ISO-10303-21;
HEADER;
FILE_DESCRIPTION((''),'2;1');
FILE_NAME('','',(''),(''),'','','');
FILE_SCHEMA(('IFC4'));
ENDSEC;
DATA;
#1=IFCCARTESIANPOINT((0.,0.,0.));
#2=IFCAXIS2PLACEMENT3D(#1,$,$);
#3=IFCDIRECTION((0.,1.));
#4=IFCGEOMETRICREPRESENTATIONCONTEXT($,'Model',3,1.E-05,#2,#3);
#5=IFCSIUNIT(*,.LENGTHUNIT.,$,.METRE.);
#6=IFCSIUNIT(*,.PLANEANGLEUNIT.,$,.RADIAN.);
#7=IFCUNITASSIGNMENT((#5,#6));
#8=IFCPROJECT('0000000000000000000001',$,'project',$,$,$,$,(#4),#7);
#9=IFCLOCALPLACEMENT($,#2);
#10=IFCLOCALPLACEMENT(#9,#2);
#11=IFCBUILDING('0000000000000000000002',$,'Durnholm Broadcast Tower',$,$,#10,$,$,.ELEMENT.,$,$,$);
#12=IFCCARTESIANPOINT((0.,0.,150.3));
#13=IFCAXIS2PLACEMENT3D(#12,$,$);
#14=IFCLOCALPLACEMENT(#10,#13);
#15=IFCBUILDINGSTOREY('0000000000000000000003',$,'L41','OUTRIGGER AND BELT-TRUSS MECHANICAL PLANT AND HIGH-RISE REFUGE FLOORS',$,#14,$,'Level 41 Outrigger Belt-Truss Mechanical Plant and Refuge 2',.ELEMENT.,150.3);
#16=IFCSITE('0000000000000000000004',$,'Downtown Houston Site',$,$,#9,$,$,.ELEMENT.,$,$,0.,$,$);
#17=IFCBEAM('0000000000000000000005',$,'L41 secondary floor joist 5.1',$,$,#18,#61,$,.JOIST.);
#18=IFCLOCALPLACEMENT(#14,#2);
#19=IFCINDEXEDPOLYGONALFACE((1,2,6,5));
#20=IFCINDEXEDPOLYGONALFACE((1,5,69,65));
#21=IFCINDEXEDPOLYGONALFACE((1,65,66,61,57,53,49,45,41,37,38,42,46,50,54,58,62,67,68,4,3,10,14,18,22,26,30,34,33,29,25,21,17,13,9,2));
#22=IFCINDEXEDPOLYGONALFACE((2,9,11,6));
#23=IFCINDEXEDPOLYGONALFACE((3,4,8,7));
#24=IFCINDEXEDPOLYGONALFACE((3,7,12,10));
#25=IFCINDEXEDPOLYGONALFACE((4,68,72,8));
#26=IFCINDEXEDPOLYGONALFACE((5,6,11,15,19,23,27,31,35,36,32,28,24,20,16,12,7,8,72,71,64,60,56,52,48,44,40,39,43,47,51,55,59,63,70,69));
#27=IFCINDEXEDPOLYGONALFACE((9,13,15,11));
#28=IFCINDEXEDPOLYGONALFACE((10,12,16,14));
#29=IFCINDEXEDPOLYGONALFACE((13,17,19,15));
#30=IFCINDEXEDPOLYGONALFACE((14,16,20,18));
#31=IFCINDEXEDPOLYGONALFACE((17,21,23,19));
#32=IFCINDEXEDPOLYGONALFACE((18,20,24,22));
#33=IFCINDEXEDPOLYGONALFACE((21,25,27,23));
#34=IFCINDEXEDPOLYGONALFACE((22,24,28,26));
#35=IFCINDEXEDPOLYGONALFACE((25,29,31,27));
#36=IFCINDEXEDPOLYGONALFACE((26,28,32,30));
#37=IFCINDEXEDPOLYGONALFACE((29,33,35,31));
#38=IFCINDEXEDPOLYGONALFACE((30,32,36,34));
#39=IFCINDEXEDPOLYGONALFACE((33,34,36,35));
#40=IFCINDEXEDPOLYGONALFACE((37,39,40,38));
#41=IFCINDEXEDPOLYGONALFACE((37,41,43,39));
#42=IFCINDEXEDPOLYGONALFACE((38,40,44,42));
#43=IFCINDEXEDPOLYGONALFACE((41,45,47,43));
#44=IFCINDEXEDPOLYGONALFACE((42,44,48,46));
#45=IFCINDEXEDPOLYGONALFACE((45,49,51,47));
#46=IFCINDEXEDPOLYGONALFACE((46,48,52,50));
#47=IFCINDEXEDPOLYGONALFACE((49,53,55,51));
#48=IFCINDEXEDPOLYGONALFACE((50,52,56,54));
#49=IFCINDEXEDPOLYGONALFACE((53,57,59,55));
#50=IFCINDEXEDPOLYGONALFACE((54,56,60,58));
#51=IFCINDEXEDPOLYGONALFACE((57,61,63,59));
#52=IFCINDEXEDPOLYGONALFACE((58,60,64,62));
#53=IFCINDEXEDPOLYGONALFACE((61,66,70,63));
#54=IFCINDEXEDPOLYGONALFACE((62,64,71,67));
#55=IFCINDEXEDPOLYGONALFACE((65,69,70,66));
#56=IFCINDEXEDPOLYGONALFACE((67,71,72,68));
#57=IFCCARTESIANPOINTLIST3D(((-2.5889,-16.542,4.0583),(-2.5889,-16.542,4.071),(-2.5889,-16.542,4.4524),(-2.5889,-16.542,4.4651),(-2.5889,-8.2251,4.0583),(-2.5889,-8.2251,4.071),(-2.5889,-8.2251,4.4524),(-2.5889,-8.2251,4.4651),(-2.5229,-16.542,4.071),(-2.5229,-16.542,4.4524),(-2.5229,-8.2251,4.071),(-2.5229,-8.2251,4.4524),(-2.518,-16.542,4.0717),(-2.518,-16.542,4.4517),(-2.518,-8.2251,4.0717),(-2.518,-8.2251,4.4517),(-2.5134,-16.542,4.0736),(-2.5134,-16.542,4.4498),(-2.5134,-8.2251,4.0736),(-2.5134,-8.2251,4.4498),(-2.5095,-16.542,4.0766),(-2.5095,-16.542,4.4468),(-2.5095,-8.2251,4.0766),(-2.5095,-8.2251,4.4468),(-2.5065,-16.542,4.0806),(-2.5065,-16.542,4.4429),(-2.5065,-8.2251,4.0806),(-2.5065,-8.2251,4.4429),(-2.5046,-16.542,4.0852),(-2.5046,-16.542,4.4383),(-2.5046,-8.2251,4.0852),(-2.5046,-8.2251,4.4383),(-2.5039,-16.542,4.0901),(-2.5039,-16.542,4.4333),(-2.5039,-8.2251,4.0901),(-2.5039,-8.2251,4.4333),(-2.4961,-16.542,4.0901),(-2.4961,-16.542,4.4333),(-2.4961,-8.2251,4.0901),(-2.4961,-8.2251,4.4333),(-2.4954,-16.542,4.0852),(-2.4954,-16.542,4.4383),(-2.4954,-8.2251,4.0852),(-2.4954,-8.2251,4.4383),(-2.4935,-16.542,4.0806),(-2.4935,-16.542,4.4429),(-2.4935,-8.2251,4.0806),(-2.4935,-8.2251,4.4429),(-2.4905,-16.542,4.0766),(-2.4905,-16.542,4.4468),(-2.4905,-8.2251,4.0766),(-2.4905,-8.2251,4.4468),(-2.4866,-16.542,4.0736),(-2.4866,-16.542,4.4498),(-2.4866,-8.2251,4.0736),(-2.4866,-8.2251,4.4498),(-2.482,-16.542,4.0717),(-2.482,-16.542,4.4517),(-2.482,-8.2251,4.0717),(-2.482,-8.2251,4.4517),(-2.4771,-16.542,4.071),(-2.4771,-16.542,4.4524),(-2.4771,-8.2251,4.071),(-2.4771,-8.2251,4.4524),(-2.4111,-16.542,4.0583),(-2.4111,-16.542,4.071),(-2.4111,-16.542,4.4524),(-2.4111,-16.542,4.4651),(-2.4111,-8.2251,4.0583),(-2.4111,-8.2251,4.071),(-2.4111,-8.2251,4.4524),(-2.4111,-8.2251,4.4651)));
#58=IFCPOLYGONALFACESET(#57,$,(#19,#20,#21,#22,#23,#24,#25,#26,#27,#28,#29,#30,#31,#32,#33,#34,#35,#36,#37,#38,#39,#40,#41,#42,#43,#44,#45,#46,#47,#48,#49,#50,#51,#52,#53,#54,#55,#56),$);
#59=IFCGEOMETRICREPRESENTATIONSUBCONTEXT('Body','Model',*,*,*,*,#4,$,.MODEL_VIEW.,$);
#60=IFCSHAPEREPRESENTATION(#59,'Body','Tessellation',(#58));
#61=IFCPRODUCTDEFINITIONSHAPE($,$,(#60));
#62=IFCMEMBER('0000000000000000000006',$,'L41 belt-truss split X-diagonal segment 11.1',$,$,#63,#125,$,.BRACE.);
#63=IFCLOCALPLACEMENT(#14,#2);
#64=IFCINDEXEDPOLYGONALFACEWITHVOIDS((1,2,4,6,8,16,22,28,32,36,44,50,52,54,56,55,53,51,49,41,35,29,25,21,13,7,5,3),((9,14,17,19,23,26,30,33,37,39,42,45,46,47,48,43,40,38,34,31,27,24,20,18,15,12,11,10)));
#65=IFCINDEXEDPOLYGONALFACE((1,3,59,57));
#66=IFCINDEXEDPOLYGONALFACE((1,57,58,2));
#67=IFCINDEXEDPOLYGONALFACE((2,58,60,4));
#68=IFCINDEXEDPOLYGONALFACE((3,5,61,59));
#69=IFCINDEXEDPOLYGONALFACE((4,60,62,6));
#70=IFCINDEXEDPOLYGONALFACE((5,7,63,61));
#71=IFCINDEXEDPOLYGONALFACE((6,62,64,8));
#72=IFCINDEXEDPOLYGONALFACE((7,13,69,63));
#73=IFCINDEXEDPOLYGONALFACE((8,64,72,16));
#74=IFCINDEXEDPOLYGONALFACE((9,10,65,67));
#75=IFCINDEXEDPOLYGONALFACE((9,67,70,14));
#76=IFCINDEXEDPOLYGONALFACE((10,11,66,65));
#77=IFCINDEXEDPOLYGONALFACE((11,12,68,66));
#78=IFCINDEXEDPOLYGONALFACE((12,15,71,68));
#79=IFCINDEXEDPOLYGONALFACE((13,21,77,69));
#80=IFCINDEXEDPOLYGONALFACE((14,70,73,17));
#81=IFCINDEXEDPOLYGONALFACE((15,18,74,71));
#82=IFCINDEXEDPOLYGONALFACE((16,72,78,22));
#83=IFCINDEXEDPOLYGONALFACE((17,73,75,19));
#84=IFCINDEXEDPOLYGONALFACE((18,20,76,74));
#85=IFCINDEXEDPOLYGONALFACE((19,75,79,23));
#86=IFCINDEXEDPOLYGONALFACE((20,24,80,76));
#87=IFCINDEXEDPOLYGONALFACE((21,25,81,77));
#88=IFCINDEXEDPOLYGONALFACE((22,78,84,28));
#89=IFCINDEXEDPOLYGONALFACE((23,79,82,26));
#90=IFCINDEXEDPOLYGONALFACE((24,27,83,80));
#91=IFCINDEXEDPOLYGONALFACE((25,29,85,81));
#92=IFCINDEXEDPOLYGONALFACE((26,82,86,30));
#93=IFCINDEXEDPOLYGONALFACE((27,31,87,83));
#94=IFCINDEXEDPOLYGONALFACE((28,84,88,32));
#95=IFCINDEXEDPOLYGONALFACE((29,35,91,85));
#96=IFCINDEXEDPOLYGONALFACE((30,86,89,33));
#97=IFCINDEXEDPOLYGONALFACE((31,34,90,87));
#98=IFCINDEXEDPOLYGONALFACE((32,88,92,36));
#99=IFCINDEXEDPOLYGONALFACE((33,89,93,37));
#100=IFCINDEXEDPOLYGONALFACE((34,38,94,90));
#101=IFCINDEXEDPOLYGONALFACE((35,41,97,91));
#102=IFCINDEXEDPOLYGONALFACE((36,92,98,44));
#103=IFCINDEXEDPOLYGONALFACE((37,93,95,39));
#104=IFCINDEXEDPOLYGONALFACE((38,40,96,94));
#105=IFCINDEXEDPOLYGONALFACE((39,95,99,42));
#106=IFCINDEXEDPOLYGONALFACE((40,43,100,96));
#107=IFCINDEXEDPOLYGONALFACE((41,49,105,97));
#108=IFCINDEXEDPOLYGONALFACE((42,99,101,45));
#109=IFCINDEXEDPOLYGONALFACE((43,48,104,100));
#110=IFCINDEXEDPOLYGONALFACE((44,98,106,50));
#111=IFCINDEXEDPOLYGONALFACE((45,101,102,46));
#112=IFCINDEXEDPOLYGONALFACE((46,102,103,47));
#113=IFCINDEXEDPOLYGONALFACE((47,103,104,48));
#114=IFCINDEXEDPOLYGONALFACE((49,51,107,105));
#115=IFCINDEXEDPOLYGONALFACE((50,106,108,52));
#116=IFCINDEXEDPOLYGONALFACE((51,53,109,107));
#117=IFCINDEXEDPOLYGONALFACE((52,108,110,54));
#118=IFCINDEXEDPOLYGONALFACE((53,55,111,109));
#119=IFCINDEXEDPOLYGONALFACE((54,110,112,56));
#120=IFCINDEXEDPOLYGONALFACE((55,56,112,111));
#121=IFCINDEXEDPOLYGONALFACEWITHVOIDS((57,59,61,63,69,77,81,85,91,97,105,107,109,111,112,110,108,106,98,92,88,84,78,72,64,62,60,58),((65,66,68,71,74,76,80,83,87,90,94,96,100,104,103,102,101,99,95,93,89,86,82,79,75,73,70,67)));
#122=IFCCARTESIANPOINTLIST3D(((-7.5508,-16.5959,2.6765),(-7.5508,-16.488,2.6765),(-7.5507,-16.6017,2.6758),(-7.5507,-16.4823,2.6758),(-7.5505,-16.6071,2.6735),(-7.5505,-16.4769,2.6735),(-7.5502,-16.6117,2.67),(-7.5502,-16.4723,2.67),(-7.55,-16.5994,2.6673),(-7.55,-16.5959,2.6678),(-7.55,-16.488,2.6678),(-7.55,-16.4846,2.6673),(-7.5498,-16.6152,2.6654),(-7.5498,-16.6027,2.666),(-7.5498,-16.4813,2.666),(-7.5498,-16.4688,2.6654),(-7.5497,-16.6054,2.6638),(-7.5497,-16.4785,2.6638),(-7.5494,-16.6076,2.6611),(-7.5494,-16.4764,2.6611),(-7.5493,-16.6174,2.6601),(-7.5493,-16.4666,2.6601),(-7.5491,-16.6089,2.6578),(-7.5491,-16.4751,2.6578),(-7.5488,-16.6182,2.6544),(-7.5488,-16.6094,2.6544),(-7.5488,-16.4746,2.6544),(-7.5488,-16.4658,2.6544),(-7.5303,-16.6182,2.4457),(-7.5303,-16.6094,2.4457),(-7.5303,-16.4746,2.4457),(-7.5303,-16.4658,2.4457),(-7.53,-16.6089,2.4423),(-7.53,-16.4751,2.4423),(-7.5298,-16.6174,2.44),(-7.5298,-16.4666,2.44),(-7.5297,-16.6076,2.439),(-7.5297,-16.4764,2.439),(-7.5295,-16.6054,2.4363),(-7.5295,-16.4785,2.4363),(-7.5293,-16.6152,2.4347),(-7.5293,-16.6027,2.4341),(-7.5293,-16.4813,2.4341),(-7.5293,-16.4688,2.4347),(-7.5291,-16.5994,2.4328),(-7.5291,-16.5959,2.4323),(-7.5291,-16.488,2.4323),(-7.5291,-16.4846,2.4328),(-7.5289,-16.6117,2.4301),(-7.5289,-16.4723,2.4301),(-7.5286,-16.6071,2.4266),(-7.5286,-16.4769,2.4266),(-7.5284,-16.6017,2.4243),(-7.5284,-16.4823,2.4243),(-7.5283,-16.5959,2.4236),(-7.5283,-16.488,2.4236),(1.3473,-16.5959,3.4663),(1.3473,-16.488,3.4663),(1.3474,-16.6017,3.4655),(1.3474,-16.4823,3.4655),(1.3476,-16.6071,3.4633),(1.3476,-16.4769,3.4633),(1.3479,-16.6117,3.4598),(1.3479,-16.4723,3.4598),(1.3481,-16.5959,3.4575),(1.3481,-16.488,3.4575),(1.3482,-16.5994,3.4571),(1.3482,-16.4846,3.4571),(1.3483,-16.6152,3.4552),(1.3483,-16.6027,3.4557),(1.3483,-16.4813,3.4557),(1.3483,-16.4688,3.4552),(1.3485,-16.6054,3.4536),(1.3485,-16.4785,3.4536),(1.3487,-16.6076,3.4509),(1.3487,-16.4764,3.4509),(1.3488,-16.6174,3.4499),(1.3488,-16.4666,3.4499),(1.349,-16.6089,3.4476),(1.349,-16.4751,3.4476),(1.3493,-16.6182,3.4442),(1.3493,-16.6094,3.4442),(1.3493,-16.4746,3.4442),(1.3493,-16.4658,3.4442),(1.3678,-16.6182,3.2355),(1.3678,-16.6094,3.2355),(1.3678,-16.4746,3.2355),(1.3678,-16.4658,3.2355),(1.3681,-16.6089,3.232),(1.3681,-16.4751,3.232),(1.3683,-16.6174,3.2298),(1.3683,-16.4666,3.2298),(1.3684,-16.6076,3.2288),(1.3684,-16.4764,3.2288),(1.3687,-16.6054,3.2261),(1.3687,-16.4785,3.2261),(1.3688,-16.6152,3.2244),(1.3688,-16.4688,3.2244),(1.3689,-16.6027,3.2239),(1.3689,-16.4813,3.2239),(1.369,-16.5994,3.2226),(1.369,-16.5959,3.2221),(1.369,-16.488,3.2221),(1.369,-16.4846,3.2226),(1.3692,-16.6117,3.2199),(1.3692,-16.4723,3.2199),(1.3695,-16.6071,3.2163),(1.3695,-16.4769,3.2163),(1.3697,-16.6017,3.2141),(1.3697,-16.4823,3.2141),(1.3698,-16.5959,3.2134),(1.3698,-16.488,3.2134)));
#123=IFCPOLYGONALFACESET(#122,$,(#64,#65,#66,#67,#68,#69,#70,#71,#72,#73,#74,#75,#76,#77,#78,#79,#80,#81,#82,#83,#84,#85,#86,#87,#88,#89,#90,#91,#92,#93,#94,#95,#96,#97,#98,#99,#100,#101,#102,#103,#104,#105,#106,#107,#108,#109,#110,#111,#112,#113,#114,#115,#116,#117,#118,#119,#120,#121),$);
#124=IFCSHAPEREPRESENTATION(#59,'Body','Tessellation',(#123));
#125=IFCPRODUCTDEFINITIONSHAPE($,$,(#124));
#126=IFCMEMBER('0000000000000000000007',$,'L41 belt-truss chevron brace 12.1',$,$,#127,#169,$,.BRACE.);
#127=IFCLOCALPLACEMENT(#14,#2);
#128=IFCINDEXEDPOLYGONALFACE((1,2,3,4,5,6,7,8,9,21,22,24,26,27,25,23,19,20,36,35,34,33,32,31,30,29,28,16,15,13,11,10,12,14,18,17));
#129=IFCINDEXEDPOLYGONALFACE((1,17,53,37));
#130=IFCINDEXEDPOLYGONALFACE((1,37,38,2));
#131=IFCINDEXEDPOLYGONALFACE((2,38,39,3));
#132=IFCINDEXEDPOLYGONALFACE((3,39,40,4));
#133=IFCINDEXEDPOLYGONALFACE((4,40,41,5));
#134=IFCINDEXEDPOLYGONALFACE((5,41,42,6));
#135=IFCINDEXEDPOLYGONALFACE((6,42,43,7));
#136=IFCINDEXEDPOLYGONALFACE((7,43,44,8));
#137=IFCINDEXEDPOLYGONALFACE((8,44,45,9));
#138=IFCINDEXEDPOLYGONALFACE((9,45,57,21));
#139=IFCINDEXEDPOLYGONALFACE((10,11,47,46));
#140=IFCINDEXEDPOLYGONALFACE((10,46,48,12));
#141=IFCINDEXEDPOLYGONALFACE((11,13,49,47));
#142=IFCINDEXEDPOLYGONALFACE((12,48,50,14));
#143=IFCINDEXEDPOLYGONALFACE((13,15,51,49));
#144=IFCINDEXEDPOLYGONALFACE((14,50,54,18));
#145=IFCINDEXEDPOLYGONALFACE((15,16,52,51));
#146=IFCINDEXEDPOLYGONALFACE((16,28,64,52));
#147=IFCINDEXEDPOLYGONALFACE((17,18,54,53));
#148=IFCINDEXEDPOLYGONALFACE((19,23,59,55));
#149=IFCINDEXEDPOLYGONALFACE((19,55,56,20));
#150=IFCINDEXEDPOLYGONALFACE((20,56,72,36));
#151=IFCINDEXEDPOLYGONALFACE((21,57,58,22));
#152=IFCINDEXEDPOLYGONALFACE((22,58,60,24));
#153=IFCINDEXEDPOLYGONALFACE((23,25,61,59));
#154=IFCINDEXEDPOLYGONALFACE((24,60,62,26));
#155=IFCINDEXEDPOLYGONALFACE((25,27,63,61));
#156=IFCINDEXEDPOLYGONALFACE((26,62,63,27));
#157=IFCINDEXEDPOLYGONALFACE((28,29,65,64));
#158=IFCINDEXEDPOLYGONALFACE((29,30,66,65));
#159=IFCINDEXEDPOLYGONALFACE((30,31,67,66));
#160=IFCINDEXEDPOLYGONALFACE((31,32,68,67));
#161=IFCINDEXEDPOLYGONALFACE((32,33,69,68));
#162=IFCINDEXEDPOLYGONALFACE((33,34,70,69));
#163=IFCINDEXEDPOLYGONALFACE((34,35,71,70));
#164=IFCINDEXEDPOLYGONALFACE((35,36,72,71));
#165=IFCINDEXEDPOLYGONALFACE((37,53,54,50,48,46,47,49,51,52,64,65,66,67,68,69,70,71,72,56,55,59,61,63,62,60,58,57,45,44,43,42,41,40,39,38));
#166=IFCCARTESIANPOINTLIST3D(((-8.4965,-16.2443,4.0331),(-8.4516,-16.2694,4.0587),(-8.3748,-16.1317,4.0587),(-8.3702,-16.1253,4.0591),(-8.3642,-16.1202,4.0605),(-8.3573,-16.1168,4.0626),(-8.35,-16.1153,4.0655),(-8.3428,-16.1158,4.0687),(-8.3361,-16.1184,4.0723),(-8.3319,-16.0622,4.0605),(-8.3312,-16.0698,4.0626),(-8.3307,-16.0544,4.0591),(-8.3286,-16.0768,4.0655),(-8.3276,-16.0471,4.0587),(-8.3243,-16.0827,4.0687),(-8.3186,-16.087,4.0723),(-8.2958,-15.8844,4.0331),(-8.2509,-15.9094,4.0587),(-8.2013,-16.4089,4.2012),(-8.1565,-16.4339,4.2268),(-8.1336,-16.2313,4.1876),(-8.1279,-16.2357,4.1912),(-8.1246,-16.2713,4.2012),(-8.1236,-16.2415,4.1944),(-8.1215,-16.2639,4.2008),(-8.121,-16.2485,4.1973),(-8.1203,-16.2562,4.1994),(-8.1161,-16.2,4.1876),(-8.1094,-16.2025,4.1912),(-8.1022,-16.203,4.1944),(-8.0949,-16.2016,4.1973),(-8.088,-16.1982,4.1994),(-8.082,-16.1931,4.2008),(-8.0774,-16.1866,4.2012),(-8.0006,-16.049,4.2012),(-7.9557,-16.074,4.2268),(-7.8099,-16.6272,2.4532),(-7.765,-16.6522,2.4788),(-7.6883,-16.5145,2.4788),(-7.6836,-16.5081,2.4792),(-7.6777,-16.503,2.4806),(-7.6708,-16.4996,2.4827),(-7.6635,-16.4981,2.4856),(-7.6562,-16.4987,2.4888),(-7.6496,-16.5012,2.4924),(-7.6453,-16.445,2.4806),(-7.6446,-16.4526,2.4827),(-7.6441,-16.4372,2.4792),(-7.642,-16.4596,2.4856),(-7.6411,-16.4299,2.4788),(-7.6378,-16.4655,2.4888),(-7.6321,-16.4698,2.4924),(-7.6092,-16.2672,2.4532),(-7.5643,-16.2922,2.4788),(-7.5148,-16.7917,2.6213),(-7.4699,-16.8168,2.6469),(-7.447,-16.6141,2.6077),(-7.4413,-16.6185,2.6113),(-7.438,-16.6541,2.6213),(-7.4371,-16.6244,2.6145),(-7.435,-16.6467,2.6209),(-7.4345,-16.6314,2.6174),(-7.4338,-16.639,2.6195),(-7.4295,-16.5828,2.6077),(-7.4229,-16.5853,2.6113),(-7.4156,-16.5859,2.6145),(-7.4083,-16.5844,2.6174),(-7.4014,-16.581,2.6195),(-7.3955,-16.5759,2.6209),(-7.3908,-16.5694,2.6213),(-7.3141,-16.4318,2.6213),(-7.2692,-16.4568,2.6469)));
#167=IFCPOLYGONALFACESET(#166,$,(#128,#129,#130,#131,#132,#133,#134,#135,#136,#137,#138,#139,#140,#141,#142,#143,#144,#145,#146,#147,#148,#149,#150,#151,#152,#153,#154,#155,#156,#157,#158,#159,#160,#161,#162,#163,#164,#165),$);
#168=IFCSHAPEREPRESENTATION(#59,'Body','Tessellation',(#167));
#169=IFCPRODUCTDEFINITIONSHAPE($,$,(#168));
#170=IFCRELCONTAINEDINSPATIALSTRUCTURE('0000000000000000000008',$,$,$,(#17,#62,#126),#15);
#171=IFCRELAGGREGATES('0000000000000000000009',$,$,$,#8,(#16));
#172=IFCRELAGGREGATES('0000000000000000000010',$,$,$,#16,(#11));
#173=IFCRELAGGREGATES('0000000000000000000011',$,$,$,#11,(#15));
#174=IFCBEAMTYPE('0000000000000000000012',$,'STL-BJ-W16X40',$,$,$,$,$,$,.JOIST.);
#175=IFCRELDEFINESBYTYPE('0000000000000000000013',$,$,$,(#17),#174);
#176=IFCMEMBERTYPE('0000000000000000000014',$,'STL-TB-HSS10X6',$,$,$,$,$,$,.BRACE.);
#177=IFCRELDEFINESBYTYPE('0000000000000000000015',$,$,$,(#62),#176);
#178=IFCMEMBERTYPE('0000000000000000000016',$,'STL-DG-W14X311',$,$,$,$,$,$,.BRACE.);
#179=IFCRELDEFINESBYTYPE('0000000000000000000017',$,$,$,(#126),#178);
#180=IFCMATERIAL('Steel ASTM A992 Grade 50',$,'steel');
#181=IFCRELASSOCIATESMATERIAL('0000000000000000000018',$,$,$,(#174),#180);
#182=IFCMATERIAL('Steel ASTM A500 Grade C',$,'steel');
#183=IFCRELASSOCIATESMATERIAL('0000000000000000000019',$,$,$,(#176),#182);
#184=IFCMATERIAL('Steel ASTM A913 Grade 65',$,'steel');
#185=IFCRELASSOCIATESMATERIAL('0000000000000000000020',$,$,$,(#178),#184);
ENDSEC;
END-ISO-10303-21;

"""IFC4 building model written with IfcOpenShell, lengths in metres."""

from ifc_helpers import new_model, si_unit, direction, frame, origin, origin_2d, place, context, subcontext, project, spatial, hollow_rectangle, i_section, extrude, source, transform, mapped, material, material_profile, profile_set, type_object, type_shapes, element, save


model = new_model("IFC4")

# Units and contexts
model_context = context("Model", 3, precision=1e-05, world=origin(), true_north=direction((0.0, 1.0)))
body_context = subcontext(model_context, "Body", "Model", "MODEL_VIEW")
ifc_project = project(units=[si_unit("LENGTHUNIT", "METRE"), si_unit("PLANEANGLEUNIT", "RADIAN")], contexts=[model_context])

# Site, building, storey
site_placement = place(None, origin())
site = spatial("IfcSite", under=ifc_project, at=site_placement, Name="Downtown Houston Site", CompositionType="ELEMENT", RefElevation=0.0)
building_placement = place(site_placement, origin())
building = spatial("IfcBuilding", under=site, at=building_placement, Name="Durnholm Broadcast Tower", CompositionType="ELEMENT")
storey_placement = place(building_placement, frame((0.0, 0.0, 150.3)))
storey = spatial("IfcBuildingStorey", under=building, at=storey_placement, Name="L41", Description="OUTRIGGER AND BELT-TRUSS MECHANICAL PLANT AND HIGH-RISE REFUGE FLOORS", LongName="Level 41 Outrigger Belt-Truss Mechanical Plant and Refuge 2", CompositionType="ELEMENT", Elevation=150.3)

# Beam
ifc_material_1 = material(Name="Steel ASTM A992 Grade 50", Category="steel")
ifc_material_profile_1 = material_profile(ifc_material_1, i_section(OverallWidth=0.1777, OverallDepth=0.4067, WebThickness=0.0078, FlangeThickness=0.0127, FilletRadius=0.019, at=origin_2d()), Name="W16X40")
ifc_profile_set_1 = profile_set([ifc_material_profile_1], Name="Steel ASTM A992 Grade 50")
beam_type_1 = type_object("IfcBeamType", Name="STL-BJ-W16X40", PredefinedType="JOIST", material=ifc_profile_set_1)
shared_shape_1 = source(origin(), body_context, "Body", "SweptSolid", [
    extrude(i_section(OverallWidth=0.1777, OverallDepth=0.4067, WebThickness=0.0078, FlangeThickness=0.0127, FilletRadius=0.019, at=origin_2d()), origin(), (0.0, 0.0, 1.0), 8.3169),
])
type_shapes(beam_type_1, [shared_shape_1])
beam_1_placement = place(storey_placement, frame((-2.5, -16.542, 4.2617), z_axis=(0.0, 1.0, 0.0), x_axis=(-1.0, 0.0, 0.0)))
element("IfcBeam", 1, at=beam_1_placement, inside=storey, type_object=beam_type_1, Name="L41 secondary floor joist 5.1", PredefinedType="JOIST", context=body_context, shape_type="MappedRepresentation", body=[
    mapped(shared_shape_1, transform((0.0, 0.0, 0.0), x_axis=(1.0, 0.0, 0.0), y_axis=(0.0, 1.0, 0.0), z_axis=(0.0, 0.0, 1.0), scale=1.0)),
])

# Members
ifc_material_2 = material(Name="Steel ASTM A500 Grade C", Category="steel")
ifc_material_profile_2 = material_profile(ifc_material_2, hollow_rectangle(XDim=0.1523, YDim=0.2539, WallThickness=0.0088, InnerFilletRadius=0.0134, OuterFilletRadius=0.0222, at=origin_2d()), Name="HSS10X6X3/8")
ifc_profile_set_2 = profile_set([ifc_material_profile_2], Name="Steel ASTM A500 Grade C")
member_type_1 = type_object("IfcMemberType", Name="STL-TB-HSS10X6", PredefinedType="BRACE", material=ifc_profile_set_2)
shared_shape_2 = source(origin(), body_context, "Body", "SweptSolid", [
    extrude(hollow_rectangle(XDim=0.1523, YDim=0.2539, WallThickness=0.0088, InnerFilletRadius=0.0134, OuterFilletRadius=0.0222, at=origin_2d()), origin(), (0.0, 0.0, 1.0), 8.9331),
])
type_shapes(member_type_1, [shared_shape_2])
member_1_placement = place(storey_placement, frame((-7.5396, -16.542, 2.55), z_axis=(0.996084, 0.0, 0.088411), x_axis=(0.0, 1.0, 0.0)))
element("IfcMember", 2, at=member_1_placement, inside=storey, type_object=member_type_1, Name="L41 belt-truss split X-diagonal segment 11.1", PredefinedType="BRACE", context=body_context, shape_type="MappedRepresentation", body=[
    mapped(shared_shape_2, transform((0.0, 0.0, 0.0), x_axis=(1.0, 0.0, 0.0), y_axis=(0.0, 1.0, 0.0), z_axis=(0.0, 0.0, 1.0), scale=1.0)),
])
ifc_material_3 = material(Name="Steel ASTM A913 Grade 65", Category="steel")
ifc_material_profile_3 = material_profile(ifc_material_3, i_section(OverallWidth=0.4121, OverallDepth=0.4348, WebThickness=0.0359, FlangeThickness=0.0574, FilletRadius=0.0305, at=origin_2d()), Name="W14X311")
ifc_profile_set_3 = profile_set([ifc_material_profile_3], Name="Steel ASTM A913 Grade 65")
member_type_2 = type_object("IfcMemberType", Name="STL-DG-W14X311", PredefinedType="BRACE", material=ifc_profile_set_3)
shared_shape_3 = source(origin(), body_context, "Body", "SweptSolid", [
    extrude(i_section(OverallWidth=0.4121, OverallDepth=0.4348, WebThickness=0.0359, FlangeThickness=0.0574, FilletRadius=0.0305, at=origin_2d()), origin(), (0.0, 0.0, 1.0), 1.7646),
])
for number, where, z_axis, x_axis, name in (
    (3, (-7.5396, -16.542, 2.55), (-0.389058, 0.216943, 0.895304), (-0.487014, -0.873394, 0.0), "L41 belt-truss chevron brace 12.1"),
):
    element("IfcMember", number, at=place(storey_placement, frame(where, z_axis=z_axis, x_axis=x_axis)), inside=storey, type_object=member_type_2, Name=name, PredefinedType="BRACE", context=body_context, shape_type="MappedRepresentation", body=[
        mapped(shared_shape_3, transform((0.0, 0.0, 0.0), x_axis=(1.0, 0.0, 0.0), y_axis=(0.0, 1.0, 0.0), z_axis=(0.0, 0.0, 1.0), scale=1.0)),
    ])

save(model, "model.ifc")
